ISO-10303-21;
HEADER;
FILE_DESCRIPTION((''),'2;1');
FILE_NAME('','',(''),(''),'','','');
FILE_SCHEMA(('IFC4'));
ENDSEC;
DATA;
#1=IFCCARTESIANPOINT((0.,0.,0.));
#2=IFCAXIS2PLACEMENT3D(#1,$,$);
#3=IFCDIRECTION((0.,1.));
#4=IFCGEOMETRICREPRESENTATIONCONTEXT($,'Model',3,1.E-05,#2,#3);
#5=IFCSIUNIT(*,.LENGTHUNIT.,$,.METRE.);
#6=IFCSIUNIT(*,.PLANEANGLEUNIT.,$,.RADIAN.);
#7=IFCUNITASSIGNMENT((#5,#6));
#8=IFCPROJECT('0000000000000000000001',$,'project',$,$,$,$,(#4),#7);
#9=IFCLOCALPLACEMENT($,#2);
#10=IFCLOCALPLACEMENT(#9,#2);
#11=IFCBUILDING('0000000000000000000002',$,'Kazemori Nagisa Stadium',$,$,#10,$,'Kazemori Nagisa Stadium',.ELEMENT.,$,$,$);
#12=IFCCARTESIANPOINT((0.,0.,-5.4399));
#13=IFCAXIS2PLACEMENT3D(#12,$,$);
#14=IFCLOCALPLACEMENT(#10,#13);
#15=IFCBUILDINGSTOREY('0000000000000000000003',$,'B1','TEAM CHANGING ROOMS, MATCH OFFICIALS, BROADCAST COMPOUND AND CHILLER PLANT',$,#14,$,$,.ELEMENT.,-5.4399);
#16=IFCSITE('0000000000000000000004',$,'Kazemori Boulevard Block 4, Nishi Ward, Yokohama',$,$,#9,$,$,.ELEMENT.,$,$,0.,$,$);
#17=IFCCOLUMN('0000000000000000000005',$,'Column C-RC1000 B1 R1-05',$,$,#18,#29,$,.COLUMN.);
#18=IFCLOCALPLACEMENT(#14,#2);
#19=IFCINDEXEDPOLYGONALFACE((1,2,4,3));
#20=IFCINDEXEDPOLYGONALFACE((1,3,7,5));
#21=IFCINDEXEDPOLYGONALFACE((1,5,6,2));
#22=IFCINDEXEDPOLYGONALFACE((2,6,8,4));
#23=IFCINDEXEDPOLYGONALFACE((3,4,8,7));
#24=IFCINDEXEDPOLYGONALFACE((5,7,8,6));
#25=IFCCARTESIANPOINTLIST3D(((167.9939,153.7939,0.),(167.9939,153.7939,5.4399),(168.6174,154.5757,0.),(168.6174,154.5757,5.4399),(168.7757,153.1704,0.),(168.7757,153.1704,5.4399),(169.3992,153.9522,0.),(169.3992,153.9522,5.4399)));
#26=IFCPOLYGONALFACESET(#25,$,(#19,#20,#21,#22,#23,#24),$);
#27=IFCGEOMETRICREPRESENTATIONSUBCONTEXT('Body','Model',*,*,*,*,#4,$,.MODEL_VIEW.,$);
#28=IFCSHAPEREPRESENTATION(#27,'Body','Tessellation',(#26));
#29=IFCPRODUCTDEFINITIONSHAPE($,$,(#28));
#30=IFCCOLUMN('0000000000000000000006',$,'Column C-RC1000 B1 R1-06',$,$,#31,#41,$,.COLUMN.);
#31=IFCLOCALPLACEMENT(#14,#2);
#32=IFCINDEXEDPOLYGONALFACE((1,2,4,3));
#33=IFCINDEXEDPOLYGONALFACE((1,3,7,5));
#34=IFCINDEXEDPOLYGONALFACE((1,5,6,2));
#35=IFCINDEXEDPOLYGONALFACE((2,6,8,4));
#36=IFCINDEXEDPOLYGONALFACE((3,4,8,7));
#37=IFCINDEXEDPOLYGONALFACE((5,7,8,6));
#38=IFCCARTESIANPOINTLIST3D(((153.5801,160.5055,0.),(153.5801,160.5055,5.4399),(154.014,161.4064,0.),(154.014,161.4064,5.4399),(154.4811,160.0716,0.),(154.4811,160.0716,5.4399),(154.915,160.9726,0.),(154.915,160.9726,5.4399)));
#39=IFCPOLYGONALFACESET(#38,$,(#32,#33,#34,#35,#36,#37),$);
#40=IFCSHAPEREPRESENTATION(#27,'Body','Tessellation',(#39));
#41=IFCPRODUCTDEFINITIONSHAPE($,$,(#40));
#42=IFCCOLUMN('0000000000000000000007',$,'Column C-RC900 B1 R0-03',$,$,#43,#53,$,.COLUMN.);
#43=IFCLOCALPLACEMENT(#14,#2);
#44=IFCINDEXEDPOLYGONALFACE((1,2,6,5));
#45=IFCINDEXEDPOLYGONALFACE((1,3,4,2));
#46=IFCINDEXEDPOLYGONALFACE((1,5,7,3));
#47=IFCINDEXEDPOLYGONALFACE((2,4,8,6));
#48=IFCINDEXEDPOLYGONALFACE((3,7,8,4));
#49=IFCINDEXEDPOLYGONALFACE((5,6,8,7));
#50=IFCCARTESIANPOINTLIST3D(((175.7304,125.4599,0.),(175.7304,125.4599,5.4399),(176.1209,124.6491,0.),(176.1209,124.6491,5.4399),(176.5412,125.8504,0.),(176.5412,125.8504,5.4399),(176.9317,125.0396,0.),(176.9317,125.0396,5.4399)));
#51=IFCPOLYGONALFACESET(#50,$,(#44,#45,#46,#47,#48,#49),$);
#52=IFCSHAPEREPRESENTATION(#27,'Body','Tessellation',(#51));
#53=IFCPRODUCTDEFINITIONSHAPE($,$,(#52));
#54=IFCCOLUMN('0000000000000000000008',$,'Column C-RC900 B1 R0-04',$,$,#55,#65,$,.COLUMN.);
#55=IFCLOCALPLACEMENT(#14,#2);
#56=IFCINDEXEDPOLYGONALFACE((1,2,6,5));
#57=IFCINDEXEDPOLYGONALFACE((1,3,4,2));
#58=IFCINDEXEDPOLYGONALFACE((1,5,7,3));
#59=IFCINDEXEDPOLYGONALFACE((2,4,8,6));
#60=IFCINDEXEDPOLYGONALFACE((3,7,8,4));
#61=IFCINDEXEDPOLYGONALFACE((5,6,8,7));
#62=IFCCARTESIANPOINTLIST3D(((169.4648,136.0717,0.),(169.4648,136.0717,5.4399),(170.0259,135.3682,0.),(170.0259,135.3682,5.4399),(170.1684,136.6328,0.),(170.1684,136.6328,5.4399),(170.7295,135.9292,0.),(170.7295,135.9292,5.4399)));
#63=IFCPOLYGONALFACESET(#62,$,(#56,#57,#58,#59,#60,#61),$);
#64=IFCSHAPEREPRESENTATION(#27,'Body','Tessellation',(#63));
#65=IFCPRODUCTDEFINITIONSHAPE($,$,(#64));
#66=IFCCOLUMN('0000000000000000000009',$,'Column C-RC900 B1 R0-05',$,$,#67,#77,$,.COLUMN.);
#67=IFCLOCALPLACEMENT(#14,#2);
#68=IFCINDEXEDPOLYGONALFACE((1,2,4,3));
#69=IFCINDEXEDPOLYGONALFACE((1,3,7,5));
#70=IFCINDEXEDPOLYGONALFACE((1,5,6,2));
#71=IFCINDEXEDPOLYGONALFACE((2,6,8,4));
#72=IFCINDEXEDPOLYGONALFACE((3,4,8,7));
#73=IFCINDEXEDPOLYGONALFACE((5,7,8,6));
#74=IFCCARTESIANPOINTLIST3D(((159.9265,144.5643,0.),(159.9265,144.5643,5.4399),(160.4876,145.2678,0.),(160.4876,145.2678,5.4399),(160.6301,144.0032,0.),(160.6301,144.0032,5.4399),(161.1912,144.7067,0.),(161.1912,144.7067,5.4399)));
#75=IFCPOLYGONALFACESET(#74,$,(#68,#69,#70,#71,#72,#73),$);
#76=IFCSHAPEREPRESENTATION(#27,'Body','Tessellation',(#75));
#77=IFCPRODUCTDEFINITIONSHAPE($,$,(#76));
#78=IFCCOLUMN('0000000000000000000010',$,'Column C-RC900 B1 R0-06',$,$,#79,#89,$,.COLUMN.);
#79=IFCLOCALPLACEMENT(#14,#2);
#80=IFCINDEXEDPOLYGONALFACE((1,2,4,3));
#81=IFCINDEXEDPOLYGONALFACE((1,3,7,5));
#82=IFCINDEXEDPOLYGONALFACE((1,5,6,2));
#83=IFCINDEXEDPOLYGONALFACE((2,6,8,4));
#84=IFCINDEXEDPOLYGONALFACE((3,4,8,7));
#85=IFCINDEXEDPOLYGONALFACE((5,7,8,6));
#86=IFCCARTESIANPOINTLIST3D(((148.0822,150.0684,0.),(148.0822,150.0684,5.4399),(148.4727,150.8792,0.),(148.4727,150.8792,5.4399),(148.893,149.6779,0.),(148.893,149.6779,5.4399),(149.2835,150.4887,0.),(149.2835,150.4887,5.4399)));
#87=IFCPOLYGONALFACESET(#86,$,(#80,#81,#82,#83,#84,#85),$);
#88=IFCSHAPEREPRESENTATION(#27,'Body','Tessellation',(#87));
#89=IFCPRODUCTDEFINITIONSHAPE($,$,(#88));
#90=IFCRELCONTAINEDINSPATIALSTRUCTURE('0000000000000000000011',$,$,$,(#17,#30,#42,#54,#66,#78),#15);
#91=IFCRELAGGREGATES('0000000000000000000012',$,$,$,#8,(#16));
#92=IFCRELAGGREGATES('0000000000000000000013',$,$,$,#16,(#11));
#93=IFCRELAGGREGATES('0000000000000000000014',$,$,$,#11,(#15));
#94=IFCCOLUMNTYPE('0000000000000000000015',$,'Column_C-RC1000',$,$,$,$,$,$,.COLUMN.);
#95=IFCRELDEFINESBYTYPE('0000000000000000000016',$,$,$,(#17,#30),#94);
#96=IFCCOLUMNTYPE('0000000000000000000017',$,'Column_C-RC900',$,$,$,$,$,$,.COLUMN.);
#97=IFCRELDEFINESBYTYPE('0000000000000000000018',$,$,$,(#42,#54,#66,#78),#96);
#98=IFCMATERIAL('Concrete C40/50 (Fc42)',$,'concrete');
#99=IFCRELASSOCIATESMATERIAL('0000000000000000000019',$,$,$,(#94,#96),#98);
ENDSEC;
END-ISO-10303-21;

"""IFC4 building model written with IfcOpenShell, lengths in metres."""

from ifc_helpers import new_model, si_unit, direction, frame, origin, origin_2d, place, context, subcontext, project, spatial, rectangle, extrude, material, material_profile, profile_set, type_object, element, save


model = new_model("IFC4")

# Units and contexts
model_context = context("Model", 3, precision=1e-05, world=origin(), true_north=direction((0.0, 1.0)))
body_context = subcontext(model_context, "Body", "Model", "MODEL_VIEW")
ifc_project = project(units=[si_unit("LENGTHUNIT", "METRE"), si_unit("PLANEANGLEUNIT", "RADIAN")], contexts=[model_context])

# Site, building, storey
site_placement = place(None, origin())
site = spatial("IfcSite", under=ifc_project, at=site_placement, Name="Kazemori Boulevard Block 4, Nishi Ward, Yokohama", CompositionType="ELEMENT", RefElevation=0.0)
building_placement = place(site_placement, origin())
building = spatial("IfcBuilding", under=site, at=building_placement, Name="Kazemori Nagisa Stadium", LongName="Kazemori Nagisa Stadium", CompositionType="ELEMENT")
storey_placement = place(building_placement, frame((0.0, 0.0, -5.4399)))
storey = spatial("IfcBuildingStorey", under=building, at=storey_placement, Name="B1", Description="TEAM CHANGING ROOMS, MATCH OFFICIALS, BROADCAST COMPOUND AND CHILLER PLANT", CompositionType="ELEMENT", Elevation=-5.4399)

# Shared definitions
ifc_material_1 = material(Name="Concrete C40/50 (Fc42)", Category="concrete")

# Columns
ifc_material_profile_1 = material_profile(ifc_material_1, rectangle(XDim=1.0, YDim=1.0, at=origin_2d()), Name="RC-COL-1000x1000")
ifc_profile_set_1 = profile_set([ifc_material_profile_1], Name="Concrete C40/50 (Fc42)")
column_type_1 = type_object("IfcColumnType", Name="Column_C-RC1000", PredefinedType="COLUMN", material=ifc_profile_set_1)
for number, where, z_axis, x_axis, name in (
    (1, (168.6965, 153.873, 0.0), (0.0, 0.0, 1.0), (0.62349, 0.781831, 0.0), "Column C-RC1000 B1 R1-05"),
    (2, (154.2476, 160.739, 0.0), (0.0, 0.0, 1.0), (0.433884, 0.900969, 0.0), "Column C-RC1000 B1 R1-06"),
):
    element("IfcColumn", number, at=place(storey_placement, frame(where, z_axis=z_axis, x_axis=x_axis)), inside=storey, type_object=column_type_1, Name=name, PredefinedType="COLUMN", context=body_context, shape_type="SweptSolid", body=[
        extrude(rectangle(XDim=1.0, YDim=1.0, at=origin_2d()), origin(), (0.0, 0.0, 1.0), 5.4399),
    ])
ifc_material_profile_2 = material_profile(ifc_material_1, rectangle(XDim=0.8999, YDim=0.8999, at=origin_2d()), Name="RC-COL-900x900")
ifc_profile_set_2 = profile_set([ifc_material_profile_2], Name="Concrete C40/50 (Fc42)")
column_type_2 = type_object("IfcColumnType", Name="Column_C-RC900", PredefinedType="COLUMN", material=ifc_profile_set_2)
for number, where, z_axis, x_axis, name in (
    (3, (176.3311, 125.2498, 0.0), (0.0, 0.0, 1.0), (0.900969, 0.433884, 0.0), "Column C-RC900 B1 R0-03"),
    (4, (170.0972, 136.0005, 0.0), (0.0, 0.0, 1.0), (0.781831, 0.62349, 0.0), "Column C-RC900 B1 R0-04"),
    (5, (160.5588, 144.6355, 0.0), (0.0, 0.0, 1.0), (0.62349, 0.781831, 0.0), "Column C-RC900 B1 R0-05"),
    (6, (148.6829, 150.2786, 0.0), (0.0, 0.0, 1.0), (0.433884, 0.900969, 0.0), "Column C-RC900 B1 R0-06"),
):
    element("IfcColumn", number, at=place(storey_placement, frame(where, z_axis=z_axis, x_axis=x_axis)), inside=storey, type_object=column_type_2, Name=name, PredefinedType="COLUMN", context=body_context, shape_type="SweptSolid", body=[
        extrude(rectangle(XDim=0.8999, YDim=0.8999, at=origin_2d()), origin(), (0.0, 0.0, 1.0), 5.4399),
    ])

save(model, "model.ifc")
